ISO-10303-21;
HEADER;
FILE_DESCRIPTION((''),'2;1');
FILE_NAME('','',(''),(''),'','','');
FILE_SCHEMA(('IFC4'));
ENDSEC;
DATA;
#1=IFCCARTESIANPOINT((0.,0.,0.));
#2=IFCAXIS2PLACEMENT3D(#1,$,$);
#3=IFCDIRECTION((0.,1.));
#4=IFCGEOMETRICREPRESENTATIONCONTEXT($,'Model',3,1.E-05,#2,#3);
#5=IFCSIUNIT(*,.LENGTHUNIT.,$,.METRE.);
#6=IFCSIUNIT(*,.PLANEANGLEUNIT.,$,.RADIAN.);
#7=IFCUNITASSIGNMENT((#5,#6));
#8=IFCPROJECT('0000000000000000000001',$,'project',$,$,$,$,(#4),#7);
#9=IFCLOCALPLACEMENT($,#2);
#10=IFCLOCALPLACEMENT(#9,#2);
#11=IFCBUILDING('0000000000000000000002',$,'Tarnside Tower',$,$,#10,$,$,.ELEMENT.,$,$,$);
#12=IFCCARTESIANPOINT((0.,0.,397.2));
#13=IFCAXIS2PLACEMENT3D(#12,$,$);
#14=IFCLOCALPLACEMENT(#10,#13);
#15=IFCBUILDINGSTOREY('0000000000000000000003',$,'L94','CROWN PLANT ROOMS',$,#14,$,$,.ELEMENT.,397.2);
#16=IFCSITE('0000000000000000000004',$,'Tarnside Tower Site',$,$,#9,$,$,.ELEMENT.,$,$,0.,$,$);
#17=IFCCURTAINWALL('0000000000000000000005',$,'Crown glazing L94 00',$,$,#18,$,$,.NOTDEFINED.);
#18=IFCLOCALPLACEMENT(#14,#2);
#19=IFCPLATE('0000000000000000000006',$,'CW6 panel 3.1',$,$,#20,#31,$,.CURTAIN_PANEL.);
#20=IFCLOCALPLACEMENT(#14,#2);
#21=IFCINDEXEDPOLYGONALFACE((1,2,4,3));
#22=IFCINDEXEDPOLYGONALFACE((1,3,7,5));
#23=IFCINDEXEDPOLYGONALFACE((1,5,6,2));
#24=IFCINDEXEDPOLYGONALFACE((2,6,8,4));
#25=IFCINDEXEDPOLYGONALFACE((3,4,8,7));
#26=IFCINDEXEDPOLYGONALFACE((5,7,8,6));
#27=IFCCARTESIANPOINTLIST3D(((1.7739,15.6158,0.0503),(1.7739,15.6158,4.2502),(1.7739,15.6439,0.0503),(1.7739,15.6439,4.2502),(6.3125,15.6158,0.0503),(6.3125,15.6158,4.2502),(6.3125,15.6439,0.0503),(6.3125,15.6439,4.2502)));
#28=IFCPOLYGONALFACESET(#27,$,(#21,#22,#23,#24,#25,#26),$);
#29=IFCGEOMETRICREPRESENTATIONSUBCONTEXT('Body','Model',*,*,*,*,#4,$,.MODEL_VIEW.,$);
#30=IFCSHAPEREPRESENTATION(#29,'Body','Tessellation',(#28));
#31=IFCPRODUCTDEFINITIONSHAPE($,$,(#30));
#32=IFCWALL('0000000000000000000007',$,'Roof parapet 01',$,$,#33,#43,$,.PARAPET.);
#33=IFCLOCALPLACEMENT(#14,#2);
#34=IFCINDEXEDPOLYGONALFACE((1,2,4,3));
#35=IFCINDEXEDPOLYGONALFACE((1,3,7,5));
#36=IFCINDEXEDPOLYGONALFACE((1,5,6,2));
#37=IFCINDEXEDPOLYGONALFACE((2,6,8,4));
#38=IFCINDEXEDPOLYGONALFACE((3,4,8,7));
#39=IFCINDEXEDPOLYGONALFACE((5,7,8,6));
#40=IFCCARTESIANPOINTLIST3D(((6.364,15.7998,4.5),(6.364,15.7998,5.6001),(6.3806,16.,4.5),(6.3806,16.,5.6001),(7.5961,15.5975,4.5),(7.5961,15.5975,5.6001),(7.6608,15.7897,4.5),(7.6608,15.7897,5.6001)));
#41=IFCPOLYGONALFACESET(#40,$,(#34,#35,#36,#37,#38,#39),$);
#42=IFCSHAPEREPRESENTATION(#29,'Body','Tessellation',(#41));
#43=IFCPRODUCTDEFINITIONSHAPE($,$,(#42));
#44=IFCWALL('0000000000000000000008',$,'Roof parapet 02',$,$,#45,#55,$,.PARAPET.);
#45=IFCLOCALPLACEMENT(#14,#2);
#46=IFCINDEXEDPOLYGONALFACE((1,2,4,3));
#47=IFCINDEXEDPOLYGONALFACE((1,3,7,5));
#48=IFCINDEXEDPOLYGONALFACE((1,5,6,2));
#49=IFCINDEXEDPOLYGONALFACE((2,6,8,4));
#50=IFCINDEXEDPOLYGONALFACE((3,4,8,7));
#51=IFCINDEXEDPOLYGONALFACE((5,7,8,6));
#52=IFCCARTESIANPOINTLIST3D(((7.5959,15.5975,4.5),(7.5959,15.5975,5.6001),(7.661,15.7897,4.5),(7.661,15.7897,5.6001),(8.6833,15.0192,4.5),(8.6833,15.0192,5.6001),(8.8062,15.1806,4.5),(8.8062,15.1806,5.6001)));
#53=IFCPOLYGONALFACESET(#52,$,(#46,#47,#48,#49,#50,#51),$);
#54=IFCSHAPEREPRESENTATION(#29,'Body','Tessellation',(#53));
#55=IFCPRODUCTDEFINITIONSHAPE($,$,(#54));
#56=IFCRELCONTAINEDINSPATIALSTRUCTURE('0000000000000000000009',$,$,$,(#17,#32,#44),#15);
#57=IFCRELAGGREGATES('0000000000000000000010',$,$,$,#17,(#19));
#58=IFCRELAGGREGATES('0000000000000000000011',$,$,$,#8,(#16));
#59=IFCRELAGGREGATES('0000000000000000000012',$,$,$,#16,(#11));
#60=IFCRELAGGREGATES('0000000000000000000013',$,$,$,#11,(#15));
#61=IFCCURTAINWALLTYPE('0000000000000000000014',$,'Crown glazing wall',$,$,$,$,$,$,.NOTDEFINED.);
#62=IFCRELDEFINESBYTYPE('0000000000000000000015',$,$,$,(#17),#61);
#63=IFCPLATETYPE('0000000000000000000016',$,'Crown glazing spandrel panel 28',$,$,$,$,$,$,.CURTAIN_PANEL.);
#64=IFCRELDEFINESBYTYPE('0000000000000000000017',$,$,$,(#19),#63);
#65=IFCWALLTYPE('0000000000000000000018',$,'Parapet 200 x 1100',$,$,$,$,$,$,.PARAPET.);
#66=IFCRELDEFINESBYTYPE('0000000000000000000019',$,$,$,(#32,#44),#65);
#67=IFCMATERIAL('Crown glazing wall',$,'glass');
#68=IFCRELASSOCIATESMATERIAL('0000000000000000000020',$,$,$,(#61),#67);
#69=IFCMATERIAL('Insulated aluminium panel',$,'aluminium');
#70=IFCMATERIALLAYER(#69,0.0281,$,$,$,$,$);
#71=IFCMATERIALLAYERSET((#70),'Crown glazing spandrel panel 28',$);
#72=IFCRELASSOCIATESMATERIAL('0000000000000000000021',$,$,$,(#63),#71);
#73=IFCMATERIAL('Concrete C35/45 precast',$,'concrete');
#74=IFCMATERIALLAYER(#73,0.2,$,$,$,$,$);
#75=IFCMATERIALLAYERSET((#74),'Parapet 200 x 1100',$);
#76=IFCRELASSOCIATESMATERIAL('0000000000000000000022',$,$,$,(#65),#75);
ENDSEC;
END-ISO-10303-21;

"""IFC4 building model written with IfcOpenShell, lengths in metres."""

from ifc_helpers import new_model, si_unit, direction, frame, origin, origin_2d, place, context, subcontext, project, spatial, polyline, rectangle, outline, extrude, material, layer, layer_set, type_object, element, aggregate, save


model = new_model("IFC4")

# Units and contexts
model_context = context("Model", 3, precision=1e-05, world=origin(), true_north=direction((0.0, 1.0)))
body_context = subcontext(model_context, "Body", "Model", "MODEL_VIEW")
ifc_project = project(units=[si_unit("LENGTHUNIT", "METRE"), si_unit("PLANEANGLEUNIT", "RADIAN")], contexts=[model_context])

# Site, building, storey
site_placement = place(None, origin())
site = spatial("IfcSite", under=ifc_project, at=site_placement, Name="Tarnside Tower Site", CompositionType="ELEMENT", RefElevation=0.0)
building_placement = place(site_placement, origin())
building = spatial("IfcBuilding", under=site, at=building_placement, Name="Tarnside Tower", CompositionType="ELEMENT")
storey_placement = place(building_placement, frame((0.0, 0.0, 397.2)))
storey = spatial("IfcBuildingStorey", under=building, at=storey_placement, Name="L94", Description="CROWN PLANT ROOMS", CompositionType="ELEMENT", Elevation=397.2)

# Curtain wall
ifc_material_1 = material(Name="Crown glazing wall", Category="glass")
curtain_wall_type = type_object("IfcCurtainWallType", Name="Crown glazing wall", PredefinedType="NOTDEFINED", material=ifc_material_1)
curtain_wall_1_placement = place(storey_placement, origin())
curtain_wall_1 = element("IfcCurtainWall", 1, at=curtain_wall_1_placement, inside=storey, type_object=curtain_wall_type, Name="Crown glazing L94 00", PredefinedType="NOTDEFINED")

# Plate
ifc_material_2 = material(Name="Insulated aluminium panel", Category="aluminium")
ifc_layer_1 = layer(ifc_material_2, 0.0281)
ifc_layer_set_1 = layer_set([ifc_layer_1], Name="Crown glazing spandrel panel 28")
plate_type_1 = type_object("IfcPlateType", Name="Crown glazing spandrel panel 28", PredefinedType="CURTAIN_PANEL", material=ifc_layer_set_1)
plate_1_placement = place(storey_placement, frame((4.0432, 15.6299, 0.0503), z_axis=(0.0, 0.0, 1.0), x_axis=(1.0, 0.0, 0.0)))
plate_1 = element("IfcPlate", 2, at=plate_1_placement, type_object=plate_type_1, Name="CW6 panel 3.1", PredefinedType="CURTAIN_PANEL", context=body_context, shape_type="SweptSolid", body=[
    extrude(rectangle(XDim=4.5386, YDim=0.0281, at=origin_2d()), origin(), (0.0, 0.0, 1.0), 4.2),
])
aggregate(curtain_wall_1, [plate_1])

# Walls
ifc_material_3 = material(Name="Concrete C35/45 precast", Category="concrete")
ifc_layer_2 = layer(ifc_material_3, 0.2)
ifc_layer_set_2 = layer_set([ifc_layer_2], Name="Parapet 200 x 1100")
wall_type = type_object("IfcWallType", Name="Parapet 200 x 1100", PredefinedType="PARAPET", material=ifc_layer_set_2)
wall_1_placement = place(storey_placement, frame((6.3723, 15.8999, 4.5), z_axis=(0.0, 0.0, 1.0), x_axis=(0.98678, -0.162066, 0.0)))
element("IfcWall", 3, at=wall_1_placement, inside=storey, type_object=wall_type, Name="Roof parapet 01", PredefinedType="PARAPET", context=body_context, shape_type="SweptSolid", body=[
    extrude(outline(polyline([(0.0081, -0.1001), (1.2566, -0.1001), (1.2893, 0.1001), (-0.0081, 0.1001), (0.0081, -0.1001)])), origin(), (0.0, 0.0, 1.0), 1.1001),
])
wall_2_placement = place(storey_placement, frame((7.6284, 15.6936, 4.5), z_axis=(0.0, 0.0, 1.0), x_axis=(0.882908, -0.469546, 0.0)))
element("IfcWall", 4, at=wall_2_placement, inside=storey, type_object=wall_type, Name="Roof parapet 02", PredefinedType="PARAPET", context=body_context, shape_type="SweptSolid", body=[
    extrude(outline(polyline([(0.0164, -0.1001), (1.248, -0.1001), (1.2808, 0.1001), (-0.0164, 0.1001), (0.0164, -0.1001)])), origin(), (0.0, 0.0, 1.0), 1.1001),
])

save(model, "model.ifc")
